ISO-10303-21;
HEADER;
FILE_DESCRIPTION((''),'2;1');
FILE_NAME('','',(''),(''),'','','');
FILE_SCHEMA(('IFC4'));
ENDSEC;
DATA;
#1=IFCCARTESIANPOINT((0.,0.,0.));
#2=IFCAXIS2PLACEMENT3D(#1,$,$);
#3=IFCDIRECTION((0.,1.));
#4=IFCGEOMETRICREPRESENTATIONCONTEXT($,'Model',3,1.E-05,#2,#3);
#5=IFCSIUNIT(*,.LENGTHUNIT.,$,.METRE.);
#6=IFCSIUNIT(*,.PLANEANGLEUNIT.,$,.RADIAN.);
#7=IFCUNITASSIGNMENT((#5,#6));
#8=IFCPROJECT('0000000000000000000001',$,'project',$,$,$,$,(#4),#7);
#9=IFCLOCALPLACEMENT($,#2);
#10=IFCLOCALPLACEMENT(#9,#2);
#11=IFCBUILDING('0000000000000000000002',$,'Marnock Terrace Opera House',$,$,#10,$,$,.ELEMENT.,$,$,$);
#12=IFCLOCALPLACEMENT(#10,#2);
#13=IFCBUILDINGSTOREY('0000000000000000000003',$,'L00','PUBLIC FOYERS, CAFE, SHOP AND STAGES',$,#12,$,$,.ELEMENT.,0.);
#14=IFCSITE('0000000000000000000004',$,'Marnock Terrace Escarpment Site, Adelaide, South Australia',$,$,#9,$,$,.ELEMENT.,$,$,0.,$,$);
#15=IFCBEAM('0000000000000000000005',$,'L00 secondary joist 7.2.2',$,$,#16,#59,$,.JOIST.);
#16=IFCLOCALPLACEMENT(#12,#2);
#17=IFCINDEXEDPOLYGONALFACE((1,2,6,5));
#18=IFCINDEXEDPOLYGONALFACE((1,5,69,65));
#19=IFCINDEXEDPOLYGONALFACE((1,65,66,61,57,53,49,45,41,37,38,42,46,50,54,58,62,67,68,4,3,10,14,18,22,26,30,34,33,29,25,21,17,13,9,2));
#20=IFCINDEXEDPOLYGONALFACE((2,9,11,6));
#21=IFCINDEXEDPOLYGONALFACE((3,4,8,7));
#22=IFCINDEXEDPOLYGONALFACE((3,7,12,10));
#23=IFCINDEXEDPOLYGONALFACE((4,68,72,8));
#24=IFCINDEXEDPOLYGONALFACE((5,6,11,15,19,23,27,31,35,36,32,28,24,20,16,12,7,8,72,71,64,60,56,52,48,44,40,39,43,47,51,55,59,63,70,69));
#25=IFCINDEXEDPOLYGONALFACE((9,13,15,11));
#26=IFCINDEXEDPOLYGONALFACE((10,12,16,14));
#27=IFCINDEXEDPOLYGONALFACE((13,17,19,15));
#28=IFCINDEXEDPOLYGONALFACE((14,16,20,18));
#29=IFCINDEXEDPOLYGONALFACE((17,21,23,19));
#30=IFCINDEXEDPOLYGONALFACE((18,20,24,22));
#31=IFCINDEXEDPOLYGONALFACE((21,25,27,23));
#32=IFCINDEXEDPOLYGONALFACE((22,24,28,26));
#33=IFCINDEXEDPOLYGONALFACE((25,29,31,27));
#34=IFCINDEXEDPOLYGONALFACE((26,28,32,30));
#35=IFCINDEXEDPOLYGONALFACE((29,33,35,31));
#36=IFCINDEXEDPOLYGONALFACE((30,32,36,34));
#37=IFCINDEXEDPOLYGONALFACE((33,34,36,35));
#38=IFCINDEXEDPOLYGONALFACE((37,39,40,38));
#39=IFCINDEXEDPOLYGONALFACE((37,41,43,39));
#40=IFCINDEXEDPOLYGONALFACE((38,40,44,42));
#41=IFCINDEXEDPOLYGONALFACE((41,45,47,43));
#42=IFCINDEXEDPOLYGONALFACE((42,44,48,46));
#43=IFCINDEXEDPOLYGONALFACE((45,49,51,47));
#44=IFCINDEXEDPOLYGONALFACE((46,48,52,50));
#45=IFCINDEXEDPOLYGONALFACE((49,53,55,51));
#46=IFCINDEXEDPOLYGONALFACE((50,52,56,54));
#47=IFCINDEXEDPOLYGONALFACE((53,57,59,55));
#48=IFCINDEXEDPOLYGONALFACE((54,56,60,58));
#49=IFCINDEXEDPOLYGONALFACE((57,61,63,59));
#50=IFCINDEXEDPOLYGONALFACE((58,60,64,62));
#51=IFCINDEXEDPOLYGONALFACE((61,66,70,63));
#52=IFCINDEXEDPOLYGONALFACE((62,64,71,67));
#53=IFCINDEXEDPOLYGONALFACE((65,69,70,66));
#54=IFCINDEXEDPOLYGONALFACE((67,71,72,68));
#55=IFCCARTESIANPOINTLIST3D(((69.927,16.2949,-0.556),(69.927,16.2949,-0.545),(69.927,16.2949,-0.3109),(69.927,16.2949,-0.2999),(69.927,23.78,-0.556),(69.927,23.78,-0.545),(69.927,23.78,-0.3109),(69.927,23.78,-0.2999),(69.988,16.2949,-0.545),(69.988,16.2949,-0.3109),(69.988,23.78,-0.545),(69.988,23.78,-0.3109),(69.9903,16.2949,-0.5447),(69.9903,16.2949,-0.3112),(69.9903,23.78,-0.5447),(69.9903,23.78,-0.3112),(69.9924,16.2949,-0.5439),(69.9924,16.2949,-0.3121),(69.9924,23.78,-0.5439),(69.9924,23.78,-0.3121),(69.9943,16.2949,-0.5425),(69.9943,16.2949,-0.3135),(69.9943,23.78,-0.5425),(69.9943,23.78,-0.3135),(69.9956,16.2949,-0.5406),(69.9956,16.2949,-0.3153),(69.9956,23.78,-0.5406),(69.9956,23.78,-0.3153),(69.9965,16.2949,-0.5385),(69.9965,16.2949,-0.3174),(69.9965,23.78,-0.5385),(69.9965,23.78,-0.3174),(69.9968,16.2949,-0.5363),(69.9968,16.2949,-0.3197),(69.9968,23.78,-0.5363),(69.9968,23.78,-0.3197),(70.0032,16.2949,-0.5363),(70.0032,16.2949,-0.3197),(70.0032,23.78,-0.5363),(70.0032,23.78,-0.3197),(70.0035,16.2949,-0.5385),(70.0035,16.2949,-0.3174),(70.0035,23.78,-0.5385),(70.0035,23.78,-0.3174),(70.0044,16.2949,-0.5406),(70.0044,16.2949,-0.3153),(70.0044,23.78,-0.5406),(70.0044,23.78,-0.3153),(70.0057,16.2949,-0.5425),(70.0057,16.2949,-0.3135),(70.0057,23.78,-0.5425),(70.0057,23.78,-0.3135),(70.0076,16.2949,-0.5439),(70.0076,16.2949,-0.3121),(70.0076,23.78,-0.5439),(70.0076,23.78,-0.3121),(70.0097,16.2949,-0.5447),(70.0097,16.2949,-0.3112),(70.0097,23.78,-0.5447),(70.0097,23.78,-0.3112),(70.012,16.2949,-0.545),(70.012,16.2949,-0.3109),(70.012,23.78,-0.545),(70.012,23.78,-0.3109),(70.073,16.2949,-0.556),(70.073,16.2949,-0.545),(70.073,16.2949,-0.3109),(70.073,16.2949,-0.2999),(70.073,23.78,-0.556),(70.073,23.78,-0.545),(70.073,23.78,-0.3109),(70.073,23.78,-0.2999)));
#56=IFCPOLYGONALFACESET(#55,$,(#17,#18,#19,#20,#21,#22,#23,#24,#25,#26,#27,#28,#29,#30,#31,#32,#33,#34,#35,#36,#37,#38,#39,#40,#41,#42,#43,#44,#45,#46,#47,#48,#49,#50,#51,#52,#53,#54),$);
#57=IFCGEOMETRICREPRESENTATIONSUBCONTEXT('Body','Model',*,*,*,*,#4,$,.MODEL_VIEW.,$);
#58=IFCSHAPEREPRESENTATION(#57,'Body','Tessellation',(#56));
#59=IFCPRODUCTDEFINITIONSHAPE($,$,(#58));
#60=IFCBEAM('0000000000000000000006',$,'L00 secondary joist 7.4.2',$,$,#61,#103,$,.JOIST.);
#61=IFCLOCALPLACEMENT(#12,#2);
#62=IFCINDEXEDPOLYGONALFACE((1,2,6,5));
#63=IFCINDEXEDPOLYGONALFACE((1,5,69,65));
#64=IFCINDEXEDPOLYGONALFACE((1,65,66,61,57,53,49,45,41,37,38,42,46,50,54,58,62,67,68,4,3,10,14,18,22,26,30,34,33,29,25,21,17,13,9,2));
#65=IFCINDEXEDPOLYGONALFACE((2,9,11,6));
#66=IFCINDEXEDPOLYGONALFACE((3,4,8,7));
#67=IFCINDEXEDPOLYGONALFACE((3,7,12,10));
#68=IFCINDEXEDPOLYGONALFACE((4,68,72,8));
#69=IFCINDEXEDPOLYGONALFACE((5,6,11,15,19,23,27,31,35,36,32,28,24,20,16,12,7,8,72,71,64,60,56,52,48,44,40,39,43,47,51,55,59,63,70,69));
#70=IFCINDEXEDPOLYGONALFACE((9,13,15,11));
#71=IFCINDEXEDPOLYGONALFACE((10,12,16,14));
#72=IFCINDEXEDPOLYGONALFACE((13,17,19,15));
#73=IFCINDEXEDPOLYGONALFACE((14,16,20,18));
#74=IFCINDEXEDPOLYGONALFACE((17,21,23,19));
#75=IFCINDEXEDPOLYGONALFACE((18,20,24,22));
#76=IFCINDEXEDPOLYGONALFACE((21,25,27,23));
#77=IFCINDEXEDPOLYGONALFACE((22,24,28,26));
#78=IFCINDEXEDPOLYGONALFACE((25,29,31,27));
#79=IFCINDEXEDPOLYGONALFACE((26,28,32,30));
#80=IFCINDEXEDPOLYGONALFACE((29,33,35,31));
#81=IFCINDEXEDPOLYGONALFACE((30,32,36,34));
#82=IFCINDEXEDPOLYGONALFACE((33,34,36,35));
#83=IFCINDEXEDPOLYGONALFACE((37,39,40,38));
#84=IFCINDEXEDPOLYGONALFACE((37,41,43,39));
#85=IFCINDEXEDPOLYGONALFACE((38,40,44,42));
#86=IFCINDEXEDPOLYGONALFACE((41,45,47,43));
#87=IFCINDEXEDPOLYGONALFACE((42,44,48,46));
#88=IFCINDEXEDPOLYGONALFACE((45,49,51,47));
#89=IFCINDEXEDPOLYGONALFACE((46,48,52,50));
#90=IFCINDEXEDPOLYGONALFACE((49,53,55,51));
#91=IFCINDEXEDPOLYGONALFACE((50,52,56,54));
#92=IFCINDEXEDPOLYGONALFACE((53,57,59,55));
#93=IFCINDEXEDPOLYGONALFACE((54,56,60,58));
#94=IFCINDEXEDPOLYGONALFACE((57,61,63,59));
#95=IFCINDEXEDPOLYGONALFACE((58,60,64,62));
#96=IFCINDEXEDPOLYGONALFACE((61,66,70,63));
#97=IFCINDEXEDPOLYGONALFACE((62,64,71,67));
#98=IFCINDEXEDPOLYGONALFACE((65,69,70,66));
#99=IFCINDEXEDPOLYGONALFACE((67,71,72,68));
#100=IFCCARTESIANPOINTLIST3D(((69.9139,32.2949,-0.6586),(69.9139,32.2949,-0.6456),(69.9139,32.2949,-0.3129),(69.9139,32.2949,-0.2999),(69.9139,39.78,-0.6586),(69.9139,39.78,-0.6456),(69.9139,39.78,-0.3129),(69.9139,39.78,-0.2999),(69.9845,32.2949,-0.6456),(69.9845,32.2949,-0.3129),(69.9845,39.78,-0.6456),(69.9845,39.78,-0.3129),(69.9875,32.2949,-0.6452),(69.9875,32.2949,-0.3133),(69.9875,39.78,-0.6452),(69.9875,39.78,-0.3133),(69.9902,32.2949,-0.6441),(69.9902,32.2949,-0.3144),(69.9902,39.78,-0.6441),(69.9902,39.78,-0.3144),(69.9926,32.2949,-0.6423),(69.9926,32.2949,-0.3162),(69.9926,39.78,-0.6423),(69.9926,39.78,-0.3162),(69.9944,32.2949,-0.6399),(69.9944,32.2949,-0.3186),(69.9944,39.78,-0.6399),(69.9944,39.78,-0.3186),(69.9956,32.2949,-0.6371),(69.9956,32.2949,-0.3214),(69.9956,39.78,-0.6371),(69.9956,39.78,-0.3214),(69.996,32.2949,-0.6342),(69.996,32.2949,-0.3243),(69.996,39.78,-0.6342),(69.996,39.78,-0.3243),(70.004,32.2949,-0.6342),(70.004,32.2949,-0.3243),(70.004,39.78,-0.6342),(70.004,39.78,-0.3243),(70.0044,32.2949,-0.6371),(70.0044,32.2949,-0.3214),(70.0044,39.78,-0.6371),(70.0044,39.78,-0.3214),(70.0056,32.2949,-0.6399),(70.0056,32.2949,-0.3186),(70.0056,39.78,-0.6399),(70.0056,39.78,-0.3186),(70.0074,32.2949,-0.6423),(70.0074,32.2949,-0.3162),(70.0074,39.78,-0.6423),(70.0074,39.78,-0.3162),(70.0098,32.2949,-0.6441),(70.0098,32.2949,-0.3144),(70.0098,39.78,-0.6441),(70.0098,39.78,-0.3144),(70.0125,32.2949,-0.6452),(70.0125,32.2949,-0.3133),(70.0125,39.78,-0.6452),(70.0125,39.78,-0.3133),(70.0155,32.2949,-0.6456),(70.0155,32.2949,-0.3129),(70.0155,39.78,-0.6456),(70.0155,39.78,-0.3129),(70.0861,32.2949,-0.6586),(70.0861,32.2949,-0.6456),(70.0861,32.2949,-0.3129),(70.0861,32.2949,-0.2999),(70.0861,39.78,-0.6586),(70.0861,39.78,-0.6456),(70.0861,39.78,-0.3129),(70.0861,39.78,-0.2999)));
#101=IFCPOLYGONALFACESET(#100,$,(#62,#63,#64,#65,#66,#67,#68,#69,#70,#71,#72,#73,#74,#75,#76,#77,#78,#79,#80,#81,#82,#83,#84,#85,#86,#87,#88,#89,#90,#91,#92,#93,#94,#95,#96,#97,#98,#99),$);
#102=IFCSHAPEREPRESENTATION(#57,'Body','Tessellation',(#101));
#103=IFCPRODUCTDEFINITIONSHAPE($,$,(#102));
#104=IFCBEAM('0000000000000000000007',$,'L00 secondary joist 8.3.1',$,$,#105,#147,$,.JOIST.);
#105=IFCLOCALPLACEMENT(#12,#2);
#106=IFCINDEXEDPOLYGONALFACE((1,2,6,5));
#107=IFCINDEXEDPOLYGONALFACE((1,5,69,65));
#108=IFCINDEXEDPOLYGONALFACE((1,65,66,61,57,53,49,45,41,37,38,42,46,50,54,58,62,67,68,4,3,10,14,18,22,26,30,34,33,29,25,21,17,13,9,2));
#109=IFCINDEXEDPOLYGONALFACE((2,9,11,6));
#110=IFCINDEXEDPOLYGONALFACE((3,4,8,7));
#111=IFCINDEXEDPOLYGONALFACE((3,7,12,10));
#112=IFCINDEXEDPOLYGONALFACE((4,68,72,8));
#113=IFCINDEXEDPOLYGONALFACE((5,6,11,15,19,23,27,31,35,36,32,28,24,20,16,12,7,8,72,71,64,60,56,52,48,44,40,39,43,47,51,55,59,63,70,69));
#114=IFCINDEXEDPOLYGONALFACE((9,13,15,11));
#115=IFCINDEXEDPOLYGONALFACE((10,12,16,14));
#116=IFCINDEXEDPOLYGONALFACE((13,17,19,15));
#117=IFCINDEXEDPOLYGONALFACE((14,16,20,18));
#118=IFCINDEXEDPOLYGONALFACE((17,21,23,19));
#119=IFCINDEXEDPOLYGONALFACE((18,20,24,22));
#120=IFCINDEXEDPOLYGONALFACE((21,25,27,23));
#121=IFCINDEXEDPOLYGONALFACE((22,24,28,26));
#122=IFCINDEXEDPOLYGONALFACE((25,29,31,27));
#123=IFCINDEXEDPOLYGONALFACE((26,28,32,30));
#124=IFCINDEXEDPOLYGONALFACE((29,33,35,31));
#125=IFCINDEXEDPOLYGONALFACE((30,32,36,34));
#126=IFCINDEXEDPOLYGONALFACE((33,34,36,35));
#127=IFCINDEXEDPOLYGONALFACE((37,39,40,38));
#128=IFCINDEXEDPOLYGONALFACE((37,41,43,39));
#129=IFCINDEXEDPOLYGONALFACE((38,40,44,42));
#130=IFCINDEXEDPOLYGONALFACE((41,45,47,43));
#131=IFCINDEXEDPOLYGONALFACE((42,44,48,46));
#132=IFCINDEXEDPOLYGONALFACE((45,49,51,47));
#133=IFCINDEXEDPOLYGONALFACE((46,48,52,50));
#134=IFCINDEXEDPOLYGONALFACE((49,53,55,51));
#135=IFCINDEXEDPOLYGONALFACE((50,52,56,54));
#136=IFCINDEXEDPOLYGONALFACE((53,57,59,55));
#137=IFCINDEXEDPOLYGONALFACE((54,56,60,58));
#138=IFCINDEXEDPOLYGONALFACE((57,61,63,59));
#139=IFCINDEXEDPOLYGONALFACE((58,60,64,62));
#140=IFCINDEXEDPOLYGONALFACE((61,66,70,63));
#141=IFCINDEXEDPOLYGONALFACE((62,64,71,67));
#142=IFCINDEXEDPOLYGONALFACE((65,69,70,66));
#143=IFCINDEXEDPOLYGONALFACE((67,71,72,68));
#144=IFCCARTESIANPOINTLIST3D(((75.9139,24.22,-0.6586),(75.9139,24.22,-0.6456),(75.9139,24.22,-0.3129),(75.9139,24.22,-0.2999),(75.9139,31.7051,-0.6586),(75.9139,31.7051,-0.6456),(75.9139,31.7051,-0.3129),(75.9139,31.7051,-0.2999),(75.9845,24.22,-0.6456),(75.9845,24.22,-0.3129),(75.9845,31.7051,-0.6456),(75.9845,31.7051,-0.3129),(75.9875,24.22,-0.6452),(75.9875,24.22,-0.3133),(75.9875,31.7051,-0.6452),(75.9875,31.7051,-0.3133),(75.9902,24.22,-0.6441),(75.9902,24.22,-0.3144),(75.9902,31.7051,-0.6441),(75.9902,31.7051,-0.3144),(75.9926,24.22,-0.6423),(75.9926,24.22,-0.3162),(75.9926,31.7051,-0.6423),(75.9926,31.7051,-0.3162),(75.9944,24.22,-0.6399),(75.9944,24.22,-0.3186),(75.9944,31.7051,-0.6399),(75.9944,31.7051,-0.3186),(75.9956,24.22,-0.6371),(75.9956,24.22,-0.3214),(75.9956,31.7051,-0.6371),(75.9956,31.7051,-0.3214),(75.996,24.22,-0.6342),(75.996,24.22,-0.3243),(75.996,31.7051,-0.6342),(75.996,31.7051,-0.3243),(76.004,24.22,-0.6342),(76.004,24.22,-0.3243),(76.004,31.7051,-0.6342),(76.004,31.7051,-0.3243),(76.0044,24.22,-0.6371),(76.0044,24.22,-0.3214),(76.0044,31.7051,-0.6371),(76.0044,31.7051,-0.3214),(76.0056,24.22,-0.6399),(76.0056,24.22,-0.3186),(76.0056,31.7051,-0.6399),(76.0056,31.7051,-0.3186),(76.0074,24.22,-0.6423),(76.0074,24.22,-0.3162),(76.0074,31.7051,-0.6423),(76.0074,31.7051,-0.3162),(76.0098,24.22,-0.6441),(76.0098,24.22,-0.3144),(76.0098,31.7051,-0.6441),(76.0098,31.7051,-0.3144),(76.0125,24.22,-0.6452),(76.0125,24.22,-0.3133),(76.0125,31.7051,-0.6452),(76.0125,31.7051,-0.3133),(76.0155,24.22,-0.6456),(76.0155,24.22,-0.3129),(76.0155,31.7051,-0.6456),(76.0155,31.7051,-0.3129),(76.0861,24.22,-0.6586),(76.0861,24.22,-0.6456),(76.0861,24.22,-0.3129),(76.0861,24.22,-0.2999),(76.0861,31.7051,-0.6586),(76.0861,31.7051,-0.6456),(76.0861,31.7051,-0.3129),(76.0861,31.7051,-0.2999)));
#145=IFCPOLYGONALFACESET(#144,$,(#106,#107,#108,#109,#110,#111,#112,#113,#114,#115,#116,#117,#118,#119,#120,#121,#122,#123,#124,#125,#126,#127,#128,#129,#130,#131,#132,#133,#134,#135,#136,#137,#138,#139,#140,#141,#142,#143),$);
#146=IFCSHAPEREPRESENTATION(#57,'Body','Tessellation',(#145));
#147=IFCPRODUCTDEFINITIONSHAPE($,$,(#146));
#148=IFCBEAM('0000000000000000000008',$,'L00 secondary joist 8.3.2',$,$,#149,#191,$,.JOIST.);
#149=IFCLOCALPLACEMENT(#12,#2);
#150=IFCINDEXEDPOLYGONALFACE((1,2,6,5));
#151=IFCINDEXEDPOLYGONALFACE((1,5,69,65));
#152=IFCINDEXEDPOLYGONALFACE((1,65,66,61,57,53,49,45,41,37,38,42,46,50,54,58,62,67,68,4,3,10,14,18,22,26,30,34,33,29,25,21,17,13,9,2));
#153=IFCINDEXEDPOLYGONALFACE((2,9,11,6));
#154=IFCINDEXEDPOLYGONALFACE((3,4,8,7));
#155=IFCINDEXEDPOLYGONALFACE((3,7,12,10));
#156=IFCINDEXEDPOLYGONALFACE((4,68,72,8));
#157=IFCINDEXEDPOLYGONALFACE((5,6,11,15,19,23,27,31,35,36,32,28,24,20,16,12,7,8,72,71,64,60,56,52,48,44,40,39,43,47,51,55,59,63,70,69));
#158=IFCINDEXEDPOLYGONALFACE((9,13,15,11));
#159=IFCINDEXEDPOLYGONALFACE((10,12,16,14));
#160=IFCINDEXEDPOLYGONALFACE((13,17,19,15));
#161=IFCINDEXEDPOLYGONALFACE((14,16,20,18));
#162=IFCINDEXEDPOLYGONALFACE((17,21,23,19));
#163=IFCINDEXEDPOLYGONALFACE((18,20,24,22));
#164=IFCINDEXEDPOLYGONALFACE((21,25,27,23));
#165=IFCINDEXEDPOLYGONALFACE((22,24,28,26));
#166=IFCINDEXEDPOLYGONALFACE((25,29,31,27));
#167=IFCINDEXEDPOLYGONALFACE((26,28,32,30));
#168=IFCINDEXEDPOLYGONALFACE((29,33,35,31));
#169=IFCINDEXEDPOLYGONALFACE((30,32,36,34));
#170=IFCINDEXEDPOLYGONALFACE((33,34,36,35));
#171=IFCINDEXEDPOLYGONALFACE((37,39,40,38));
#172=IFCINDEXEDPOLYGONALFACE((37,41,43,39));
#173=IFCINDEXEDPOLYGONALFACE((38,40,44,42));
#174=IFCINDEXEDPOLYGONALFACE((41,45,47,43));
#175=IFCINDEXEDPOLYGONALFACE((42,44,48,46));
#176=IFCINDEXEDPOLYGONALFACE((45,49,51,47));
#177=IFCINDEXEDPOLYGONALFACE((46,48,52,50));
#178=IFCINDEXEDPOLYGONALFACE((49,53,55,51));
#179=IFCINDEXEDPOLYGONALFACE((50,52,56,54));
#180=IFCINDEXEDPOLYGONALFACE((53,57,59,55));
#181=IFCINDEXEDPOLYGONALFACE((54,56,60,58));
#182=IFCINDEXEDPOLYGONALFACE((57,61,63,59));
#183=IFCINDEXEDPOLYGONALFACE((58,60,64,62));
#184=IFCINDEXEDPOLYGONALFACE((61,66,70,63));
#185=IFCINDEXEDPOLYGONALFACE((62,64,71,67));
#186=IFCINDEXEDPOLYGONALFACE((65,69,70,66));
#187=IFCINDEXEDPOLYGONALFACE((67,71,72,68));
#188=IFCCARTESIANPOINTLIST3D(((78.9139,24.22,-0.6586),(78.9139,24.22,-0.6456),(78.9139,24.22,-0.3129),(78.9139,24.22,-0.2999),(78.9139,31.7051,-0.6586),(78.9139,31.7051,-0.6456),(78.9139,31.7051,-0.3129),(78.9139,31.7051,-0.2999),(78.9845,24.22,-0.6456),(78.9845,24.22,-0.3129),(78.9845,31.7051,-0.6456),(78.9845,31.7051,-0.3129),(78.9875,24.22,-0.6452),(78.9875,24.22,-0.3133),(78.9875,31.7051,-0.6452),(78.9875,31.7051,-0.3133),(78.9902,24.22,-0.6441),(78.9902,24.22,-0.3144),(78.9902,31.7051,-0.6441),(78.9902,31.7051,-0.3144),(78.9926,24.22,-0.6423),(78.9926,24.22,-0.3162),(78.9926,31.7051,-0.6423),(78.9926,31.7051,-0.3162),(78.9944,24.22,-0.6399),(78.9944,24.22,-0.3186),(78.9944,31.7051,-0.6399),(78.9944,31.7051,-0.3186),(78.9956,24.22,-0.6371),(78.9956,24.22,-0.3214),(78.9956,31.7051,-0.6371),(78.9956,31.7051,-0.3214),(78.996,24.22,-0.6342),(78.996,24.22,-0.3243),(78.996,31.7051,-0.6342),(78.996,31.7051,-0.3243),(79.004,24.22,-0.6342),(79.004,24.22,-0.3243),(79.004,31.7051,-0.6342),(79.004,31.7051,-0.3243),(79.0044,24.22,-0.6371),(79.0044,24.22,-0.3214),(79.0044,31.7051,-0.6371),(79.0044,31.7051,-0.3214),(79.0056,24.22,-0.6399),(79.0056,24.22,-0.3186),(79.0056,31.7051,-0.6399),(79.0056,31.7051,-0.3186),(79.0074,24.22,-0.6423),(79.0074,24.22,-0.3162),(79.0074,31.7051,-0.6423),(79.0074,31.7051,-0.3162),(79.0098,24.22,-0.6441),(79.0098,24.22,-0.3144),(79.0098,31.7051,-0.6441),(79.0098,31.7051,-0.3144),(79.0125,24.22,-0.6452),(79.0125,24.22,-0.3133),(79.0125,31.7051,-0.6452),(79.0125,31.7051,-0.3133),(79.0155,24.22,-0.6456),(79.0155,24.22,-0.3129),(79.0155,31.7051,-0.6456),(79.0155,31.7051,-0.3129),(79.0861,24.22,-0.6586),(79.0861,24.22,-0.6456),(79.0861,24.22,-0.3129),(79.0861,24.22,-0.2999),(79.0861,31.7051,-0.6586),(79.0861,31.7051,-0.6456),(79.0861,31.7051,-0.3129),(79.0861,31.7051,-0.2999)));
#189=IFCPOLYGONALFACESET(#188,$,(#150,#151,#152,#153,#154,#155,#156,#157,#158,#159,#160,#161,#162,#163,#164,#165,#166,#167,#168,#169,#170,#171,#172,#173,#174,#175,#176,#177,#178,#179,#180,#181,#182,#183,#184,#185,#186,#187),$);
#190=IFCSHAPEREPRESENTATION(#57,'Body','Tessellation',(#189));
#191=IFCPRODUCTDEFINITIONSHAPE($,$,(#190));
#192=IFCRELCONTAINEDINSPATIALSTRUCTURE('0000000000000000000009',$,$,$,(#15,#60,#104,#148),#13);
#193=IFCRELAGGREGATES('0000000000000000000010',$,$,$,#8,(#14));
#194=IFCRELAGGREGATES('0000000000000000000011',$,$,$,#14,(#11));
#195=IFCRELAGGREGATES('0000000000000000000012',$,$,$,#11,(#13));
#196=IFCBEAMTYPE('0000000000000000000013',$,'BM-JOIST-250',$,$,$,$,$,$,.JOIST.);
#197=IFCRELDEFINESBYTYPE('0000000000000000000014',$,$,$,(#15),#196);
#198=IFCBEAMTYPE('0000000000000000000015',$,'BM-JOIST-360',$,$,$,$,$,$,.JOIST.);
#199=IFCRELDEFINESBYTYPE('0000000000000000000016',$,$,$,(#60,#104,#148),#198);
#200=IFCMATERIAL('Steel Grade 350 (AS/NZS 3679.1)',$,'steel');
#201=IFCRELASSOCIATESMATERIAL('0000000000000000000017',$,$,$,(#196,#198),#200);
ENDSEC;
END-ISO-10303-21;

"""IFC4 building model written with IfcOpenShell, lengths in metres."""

from ifc_helpers import new_model, si_unit, direction, frame, origin, origin_2d, place, context, subcontext, project, spatial, i_section, extrude, material, material_profile, profile_set, type_object, element, save


model = new_model("IFC4")

# Units and contexts
model_context = context("Model", 3, precision=1e-05, world=origin(), true_north=direction((0.0, 1.0)))
body_context = subcontext(model_context, "Body", "Model", "MODEL_VIEW")
ifc_project = project(units=[si_unit("LENGTHUNIT", "METRE"), si_unit("PLANEANGLEUNIT", "RADIAN")], contexts=[model_context])

# Site, building, storey
site_placement = place(None, origin())
site = spatial("IfcSite", under=ifc_project, at=site_placement, Name="Marnock Terrace Escarpment Site, Adelaide, South Australia", CompositionType="ELEMENT", RefElevation=0.0)
building_placement = place(site_placement, origin())
building = spatial("IfcBuilding", under=site, at=building_placement, Name="Marnock Terrace Opera House", CompositionType="ELEMENT")
storey_placement = place(building_placement, origin())
storey = spatial("IfcBuildingStorey", under=building, at=storey_placement, Name="L00", Description="PUBLIC FOYERS, CAFE, SHOP AND STAGES", CompositionType="ELEMENT", Elevation=0.0)

# Beams
ifc_material_1 = material(Name="Steel Grade 350 (AS/NZS 3679.1)", Category="steel")
ifc_material_profile_1 = material_profile(ifc_material_1, i_section(OverallWidth=0.146, OverallDepth=0.2561, WebThickness=0.0063, FlangeThickness=0.011, FilletRadius=0.0088, at=origin_2d()))
ifc_profile_set_1 = profile_set([ifc_material_profile_1], Name="Steel Grade 350 (AS/NZS 3679.1)")
beam_type_1 = type_object("IfcBeamType", Name="BM-JOIST-250", PredefinedType="JOIST", material=ifc_profile_set_1)
beam_1_placement = place(storey_placement, frame((70.0, 16.2949, -0.428), z_axis=(0.0, 1.0, 0.0), x_axis=(-1.0, 0.0, 0.0)))
element("IfcBeam", 1, at=beam_1_placement, inside=storey, type_object=beam_type_1, Name="L00 secondary joist 7.2.2", PredefinedType="JOIST", context=body_context, shape_type="SweptSolid", body=[
    extrude(i_section(OverallWidth=0.146, OverallDepth=0.2561, WebThickness=0.0063, FlangeThickness=0.011, FilletRadius=0.0088, at=origin_2d()), origin(), (0.0, 0.0, 1.0), 7.4851),
])
ifc_material_profile_2 = material_profile(ifc_material_1, i_section(OverallWidth=0.1721, OverallDepth=0.3586, WebThickness=0.0081, FlangeThickness=0.0129, FilletRadius=0.0115, at=origin_2d()))
ifc_profile_set_2 = profile_set([ifc_material_profile_2], Name="Steel Grade 350 (AS/NZS 3679.1)")
beam_type_2 = type_object("IfcBeamType", Name="BM-JOIST-360", PredefinedType="JOIST", material=ifc_profile_set_2)
for number, where, z_axis, x_axis, name in (
    (2, (70.0, 32.2949, -0.4792), (0.0, 1.0, 0.0), (-1.0, 0.0, 0.0), "L00 secondary joist 7.4.2"),
    (3, (76.0, 24.22, -0.4792), (0.0, 1.0, 0.0), (-1.0, 0.0, 0.0), "L00 secondary joist 8.3.1"),
    (4, (79.0, 24.22, -0.4792), (0.0, 1.0, 0.0), (-1.0, 0.0, 0.0), "L00 secondary joist 8.3.2"),
):
    element("IfcBeam", number, at=place(storey_placement, frame(where, z_axis=z_axis, x_axis=x_axis)), inside=storey, type_object=beam_type_2, Name=name, PredefinedType="JOIST", context=body_context, shape_type="SweptSolid", body=[
        extrude(i_section(OverallWidth=0.1721, OverallDepth=0.3586, WebThickness=0.0081, FlangeThickness=0.0129, FilletRadius=0.0115, at=origin_2d()), origin(), (0.0, 0.0, 1.0), 7.4851),
    ])

save(model, "model.ifc")
